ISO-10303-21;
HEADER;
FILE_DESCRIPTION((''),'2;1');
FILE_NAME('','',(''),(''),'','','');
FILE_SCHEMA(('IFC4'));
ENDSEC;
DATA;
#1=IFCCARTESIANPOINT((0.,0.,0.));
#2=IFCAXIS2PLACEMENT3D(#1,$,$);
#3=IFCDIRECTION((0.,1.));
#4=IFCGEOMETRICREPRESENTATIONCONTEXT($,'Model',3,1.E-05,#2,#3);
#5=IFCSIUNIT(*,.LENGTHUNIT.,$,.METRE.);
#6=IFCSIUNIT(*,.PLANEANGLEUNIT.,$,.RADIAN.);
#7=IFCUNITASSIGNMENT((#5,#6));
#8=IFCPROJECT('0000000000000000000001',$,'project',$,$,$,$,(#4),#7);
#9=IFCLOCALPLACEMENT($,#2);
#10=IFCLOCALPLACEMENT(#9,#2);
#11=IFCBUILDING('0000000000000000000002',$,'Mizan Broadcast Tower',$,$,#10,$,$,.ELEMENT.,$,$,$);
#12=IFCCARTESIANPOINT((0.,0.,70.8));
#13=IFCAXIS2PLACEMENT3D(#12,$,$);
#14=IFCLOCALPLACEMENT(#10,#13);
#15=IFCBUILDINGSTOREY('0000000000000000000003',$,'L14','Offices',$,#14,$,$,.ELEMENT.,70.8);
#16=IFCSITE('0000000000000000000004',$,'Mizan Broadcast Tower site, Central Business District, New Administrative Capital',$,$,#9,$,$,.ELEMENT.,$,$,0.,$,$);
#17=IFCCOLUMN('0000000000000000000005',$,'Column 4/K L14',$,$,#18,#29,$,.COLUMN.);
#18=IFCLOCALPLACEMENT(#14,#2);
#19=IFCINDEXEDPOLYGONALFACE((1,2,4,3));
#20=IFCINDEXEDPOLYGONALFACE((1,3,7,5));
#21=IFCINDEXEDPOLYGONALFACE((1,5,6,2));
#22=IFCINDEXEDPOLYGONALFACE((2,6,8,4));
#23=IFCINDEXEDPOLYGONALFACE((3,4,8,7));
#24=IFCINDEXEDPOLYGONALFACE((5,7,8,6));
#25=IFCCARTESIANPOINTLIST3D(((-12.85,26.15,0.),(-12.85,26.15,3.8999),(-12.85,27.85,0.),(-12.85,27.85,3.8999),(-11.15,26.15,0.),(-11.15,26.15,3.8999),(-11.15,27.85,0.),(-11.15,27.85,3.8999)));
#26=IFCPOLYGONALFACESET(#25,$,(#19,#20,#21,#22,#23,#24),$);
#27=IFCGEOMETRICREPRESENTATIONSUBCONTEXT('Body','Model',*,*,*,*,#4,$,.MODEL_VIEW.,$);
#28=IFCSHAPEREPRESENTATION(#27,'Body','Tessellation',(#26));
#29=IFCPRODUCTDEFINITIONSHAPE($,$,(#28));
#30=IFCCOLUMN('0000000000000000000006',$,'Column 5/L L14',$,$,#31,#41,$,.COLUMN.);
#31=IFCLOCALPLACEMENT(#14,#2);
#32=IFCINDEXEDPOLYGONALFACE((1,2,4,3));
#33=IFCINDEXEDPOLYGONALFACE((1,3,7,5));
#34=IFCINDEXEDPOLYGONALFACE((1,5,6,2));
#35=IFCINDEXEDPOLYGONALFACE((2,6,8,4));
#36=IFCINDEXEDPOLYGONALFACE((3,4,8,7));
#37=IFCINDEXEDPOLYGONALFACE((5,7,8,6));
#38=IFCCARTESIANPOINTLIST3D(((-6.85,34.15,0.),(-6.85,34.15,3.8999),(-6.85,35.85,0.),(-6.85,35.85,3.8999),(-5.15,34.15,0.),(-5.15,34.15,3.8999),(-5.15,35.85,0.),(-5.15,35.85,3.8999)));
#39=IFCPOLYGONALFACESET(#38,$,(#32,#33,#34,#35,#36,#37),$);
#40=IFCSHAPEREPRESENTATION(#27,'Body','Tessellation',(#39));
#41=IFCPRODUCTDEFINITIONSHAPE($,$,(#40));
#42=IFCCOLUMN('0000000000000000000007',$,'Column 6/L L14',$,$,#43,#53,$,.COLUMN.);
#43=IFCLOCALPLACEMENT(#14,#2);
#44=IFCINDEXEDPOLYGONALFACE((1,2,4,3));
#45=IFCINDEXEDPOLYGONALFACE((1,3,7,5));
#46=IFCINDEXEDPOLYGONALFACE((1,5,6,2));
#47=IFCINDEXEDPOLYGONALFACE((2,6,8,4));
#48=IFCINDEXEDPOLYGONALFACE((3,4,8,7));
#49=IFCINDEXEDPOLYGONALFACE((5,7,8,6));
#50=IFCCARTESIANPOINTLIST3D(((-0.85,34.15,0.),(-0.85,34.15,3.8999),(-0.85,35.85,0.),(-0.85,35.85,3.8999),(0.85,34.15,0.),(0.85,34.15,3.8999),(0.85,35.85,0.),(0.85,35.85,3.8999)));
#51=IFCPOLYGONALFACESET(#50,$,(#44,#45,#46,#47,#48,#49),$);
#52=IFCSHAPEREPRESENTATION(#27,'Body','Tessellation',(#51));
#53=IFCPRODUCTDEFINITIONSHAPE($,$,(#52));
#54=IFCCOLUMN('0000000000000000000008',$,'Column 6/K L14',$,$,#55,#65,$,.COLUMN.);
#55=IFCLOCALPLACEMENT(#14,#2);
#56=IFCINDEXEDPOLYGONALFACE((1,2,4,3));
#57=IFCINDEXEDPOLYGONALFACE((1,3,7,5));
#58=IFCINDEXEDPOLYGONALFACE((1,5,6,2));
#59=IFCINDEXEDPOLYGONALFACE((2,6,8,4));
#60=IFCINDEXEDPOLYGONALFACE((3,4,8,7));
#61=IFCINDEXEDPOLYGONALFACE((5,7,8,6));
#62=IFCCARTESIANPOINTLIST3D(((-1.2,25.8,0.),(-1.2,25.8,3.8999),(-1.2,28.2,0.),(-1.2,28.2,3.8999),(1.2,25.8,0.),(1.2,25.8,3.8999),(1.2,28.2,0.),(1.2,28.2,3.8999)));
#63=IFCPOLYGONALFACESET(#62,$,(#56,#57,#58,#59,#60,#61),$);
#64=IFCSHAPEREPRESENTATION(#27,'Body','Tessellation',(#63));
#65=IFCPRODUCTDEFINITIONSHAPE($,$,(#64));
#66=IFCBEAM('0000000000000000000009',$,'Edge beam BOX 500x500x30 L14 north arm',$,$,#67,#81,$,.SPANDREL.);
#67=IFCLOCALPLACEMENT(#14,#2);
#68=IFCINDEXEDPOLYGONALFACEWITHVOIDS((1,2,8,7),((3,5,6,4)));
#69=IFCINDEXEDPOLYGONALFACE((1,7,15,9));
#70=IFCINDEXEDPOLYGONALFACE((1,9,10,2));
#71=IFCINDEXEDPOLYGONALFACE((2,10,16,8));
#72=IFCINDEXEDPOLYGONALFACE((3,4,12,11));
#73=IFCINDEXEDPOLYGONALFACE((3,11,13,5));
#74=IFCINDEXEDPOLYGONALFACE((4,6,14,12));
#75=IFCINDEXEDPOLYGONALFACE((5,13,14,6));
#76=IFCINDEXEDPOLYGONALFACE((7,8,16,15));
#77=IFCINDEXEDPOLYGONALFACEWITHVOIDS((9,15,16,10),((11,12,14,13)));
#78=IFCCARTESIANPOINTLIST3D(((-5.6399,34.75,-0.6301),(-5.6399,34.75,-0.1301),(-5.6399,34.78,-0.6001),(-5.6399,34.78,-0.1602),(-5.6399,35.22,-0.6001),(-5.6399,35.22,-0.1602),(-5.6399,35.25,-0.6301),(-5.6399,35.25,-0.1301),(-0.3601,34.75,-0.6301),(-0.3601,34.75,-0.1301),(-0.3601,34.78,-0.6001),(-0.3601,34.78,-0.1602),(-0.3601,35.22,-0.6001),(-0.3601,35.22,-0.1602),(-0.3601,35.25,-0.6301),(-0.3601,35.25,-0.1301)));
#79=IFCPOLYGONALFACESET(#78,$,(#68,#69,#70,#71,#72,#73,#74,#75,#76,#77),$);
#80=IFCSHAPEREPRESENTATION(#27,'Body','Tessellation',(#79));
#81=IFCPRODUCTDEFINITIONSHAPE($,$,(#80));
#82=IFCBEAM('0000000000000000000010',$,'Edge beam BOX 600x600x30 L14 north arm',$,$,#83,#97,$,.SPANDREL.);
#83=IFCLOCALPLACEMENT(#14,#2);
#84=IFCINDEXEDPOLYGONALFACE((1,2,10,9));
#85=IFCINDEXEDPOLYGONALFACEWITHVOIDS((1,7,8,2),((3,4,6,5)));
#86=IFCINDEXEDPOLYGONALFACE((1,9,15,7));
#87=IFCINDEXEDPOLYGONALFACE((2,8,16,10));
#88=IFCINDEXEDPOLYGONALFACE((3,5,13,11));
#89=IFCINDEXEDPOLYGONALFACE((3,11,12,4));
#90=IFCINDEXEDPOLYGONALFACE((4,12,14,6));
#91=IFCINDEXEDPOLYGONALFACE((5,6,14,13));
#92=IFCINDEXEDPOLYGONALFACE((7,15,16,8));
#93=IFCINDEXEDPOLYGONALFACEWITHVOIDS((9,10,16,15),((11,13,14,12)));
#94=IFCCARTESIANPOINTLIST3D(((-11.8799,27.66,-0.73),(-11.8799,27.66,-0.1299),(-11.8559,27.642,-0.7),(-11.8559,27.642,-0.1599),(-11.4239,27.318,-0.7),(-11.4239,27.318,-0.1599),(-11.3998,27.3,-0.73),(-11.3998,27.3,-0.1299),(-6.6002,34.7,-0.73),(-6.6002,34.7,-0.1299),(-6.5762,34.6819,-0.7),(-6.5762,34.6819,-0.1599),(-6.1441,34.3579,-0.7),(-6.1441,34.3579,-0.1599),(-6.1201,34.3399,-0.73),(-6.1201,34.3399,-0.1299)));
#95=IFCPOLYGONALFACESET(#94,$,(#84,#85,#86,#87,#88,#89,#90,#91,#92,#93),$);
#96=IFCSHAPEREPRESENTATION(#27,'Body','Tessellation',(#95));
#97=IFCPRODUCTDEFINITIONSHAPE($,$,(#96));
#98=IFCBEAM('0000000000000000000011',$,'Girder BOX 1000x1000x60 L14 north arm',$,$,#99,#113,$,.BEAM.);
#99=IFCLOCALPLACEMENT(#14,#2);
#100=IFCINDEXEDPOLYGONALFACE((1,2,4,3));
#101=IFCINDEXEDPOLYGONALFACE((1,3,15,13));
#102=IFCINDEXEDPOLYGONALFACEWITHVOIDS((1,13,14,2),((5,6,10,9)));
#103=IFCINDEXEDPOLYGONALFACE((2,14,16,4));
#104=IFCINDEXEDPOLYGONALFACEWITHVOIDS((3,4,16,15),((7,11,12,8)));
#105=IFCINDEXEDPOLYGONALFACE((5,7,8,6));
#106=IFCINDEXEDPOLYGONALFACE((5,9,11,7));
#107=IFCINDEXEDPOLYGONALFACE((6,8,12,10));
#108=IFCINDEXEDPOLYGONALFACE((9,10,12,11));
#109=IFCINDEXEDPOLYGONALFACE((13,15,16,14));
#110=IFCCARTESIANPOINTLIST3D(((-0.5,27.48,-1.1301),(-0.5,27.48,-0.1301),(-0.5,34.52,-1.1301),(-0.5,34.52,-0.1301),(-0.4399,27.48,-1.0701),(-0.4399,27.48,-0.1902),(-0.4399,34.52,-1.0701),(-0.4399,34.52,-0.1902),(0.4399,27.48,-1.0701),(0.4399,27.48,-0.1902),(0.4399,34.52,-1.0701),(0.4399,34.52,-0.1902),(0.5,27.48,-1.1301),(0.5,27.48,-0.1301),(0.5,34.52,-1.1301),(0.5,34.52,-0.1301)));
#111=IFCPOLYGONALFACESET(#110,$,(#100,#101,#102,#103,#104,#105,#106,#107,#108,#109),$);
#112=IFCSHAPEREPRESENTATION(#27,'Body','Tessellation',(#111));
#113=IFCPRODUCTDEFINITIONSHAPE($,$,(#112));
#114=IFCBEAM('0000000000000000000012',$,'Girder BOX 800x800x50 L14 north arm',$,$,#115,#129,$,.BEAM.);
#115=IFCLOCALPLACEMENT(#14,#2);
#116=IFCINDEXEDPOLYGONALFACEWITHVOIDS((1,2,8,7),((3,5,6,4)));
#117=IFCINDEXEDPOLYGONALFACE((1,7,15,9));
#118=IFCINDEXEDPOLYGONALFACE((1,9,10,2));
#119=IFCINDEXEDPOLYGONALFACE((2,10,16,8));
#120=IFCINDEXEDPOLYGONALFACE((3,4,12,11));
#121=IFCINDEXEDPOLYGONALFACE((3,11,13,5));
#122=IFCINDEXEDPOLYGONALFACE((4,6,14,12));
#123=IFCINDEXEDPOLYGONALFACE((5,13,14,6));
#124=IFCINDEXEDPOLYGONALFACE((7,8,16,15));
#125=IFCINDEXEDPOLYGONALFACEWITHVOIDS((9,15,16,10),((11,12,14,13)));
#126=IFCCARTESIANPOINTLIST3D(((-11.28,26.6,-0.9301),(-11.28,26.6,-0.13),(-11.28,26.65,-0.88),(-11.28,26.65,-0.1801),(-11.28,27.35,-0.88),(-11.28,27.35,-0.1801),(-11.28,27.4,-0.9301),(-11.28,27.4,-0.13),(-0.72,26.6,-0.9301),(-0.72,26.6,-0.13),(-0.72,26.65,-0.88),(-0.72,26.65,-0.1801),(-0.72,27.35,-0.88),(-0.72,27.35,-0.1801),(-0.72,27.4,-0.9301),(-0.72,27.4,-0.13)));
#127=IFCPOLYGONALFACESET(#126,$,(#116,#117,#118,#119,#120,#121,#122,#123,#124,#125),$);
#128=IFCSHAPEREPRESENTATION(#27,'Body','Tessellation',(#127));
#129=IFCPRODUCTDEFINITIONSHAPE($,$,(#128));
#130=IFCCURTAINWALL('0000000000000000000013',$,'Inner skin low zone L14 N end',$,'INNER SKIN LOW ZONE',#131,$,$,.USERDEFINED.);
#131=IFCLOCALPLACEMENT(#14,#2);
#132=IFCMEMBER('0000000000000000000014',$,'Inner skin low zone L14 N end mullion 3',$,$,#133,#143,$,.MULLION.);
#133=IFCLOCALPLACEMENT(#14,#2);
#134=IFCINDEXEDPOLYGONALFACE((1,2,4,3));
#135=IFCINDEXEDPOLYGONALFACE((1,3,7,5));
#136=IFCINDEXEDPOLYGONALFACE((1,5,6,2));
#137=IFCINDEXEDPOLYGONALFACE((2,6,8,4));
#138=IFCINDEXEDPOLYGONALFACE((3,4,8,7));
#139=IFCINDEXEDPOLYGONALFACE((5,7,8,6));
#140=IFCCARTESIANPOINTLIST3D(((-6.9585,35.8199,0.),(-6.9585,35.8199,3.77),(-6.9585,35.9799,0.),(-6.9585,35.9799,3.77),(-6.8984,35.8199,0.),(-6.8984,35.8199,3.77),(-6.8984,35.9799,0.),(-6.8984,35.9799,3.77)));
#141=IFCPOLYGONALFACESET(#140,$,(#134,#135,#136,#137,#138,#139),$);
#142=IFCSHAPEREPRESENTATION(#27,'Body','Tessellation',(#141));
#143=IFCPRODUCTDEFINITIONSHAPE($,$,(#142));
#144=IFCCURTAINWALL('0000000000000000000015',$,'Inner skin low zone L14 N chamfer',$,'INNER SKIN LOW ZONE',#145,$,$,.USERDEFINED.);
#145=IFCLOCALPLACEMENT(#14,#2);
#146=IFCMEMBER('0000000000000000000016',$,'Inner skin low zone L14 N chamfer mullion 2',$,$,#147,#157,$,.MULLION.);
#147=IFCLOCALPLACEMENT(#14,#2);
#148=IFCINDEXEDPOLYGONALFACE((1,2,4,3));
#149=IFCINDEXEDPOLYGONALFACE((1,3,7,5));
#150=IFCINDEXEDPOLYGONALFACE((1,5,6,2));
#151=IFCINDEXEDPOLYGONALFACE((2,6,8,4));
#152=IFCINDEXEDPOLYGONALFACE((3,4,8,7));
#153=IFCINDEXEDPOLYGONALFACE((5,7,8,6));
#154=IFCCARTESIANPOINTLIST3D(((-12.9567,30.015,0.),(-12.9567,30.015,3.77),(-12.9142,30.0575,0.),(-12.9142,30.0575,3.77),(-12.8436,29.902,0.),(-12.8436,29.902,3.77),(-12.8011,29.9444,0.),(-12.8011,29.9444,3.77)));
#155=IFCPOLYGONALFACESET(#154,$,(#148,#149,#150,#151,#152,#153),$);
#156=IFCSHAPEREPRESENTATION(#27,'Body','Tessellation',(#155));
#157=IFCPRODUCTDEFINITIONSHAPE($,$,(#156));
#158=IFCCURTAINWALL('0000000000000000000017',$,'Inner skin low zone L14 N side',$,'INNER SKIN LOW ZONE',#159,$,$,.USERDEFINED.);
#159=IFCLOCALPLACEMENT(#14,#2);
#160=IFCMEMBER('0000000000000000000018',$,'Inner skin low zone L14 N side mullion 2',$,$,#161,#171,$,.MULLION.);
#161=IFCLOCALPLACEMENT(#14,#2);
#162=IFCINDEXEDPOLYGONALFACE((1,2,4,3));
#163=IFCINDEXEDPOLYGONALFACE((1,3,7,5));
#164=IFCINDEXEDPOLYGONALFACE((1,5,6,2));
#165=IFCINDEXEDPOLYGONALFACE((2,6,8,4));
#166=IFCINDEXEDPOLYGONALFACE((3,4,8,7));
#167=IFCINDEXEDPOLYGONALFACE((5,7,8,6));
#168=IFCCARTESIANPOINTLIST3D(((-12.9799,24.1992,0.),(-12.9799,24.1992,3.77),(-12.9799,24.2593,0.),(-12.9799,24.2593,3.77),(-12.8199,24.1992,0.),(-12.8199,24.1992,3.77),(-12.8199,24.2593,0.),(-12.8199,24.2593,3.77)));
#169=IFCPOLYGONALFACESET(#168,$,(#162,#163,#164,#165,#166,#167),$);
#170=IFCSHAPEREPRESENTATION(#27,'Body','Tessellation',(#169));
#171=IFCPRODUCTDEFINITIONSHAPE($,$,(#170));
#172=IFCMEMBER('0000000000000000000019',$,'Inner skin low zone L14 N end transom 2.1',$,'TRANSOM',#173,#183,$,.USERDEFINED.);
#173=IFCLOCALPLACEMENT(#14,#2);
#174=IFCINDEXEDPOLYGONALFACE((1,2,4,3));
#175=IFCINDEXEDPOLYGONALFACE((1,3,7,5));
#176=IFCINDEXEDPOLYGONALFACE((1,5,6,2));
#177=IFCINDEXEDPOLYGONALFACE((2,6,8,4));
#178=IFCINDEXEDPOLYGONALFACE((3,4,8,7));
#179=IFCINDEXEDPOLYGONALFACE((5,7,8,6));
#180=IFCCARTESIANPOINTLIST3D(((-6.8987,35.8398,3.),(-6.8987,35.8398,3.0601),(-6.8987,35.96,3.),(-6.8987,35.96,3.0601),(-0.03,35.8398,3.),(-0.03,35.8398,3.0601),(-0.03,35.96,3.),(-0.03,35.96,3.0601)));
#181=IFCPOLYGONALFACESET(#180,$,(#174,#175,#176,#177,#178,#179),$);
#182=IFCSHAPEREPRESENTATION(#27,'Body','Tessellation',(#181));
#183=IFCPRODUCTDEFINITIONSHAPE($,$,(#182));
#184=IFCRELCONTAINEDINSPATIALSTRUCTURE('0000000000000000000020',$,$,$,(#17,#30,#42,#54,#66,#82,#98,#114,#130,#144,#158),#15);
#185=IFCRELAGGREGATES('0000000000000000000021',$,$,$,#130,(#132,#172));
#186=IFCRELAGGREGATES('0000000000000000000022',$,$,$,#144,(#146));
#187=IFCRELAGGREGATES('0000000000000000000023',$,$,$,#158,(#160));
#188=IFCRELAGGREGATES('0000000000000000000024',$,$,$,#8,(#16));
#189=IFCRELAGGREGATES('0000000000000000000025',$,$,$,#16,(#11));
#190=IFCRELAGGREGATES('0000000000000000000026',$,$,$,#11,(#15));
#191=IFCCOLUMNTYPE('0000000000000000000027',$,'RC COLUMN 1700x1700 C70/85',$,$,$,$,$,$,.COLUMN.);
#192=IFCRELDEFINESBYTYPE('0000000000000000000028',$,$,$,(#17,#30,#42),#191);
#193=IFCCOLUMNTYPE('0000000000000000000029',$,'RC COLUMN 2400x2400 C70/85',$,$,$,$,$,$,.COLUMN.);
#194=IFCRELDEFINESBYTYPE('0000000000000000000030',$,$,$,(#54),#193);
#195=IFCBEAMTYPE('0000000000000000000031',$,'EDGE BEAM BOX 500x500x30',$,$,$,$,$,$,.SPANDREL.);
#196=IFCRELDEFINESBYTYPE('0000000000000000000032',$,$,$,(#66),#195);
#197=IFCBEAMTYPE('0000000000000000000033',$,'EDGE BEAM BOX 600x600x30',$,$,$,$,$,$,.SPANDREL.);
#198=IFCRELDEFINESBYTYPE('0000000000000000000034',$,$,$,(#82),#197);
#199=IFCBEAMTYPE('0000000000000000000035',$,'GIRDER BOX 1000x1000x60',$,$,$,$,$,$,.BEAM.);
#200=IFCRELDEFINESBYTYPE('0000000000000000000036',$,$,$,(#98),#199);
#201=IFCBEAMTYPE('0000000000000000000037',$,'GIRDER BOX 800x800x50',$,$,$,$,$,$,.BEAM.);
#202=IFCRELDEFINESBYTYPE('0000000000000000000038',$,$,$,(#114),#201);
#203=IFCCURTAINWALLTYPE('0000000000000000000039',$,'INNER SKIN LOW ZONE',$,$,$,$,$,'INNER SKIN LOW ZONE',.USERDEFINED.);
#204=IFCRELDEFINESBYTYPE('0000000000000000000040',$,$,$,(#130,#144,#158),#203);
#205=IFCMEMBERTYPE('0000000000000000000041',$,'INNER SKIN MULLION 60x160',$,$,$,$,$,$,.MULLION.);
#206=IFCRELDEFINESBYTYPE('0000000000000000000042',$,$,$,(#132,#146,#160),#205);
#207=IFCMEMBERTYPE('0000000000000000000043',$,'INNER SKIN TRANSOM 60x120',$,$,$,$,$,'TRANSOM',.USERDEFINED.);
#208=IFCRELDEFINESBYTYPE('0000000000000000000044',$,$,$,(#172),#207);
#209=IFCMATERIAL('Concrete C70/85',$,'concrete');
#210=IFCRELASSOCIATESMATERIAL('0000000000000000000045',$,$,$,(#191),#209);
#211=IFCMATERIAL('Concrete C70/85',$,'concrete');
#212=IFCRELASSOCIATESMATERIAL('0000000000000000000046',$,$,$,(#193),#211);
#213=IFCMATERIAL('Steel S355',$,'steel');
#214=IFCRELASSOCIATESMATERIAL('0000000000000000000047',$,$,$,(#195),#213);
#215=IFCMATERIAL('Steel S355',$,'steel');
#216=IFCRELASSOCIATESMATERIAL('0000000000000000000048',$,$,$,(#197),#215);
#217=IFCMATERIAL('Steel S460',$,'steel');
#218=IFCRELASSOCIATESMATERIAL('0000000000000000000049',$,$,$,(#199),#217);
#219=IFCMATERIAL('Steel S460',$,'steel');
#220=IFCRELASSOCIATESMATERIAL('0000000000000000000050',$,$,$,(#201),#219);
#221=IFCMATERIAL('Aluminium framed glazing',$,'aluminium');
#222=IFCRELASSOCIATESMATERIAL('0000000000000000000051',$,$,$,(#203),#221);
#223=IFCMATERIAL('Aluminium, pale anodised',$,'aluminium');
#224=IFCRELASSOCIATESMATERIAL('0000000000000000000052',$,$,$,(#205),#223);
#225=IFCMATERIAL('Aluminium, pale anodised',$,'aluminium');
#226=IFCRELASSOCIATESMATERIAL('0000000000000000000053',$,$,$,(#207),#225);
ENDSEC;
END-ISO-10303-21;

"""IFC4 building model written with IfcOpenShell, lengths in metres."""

from ifc_helpers import new_model, si_unit, direction, frame, origin, origin_2d, place, context, subcontext, project, spatial, rectangle, hollow_rectangle, extrude, material, material_profile, profile_set, type_object, element, aggregate, save


model = new_model("IFC4")

# Units and contexts
model_context = context("Model", 3, precision=1e-05, world=origin(), true_north=direction((0.0, 1.0)))
body_context = subcontext(model_context, "Body", "Model", "MODEL_VIEW")
ifc_project = project(units=[si_unit("LENGTHUNIT", "METRE"), si_unit("PLANEANGLEUNIT", "RADIAN")], contexts=[model_context])

# Site, building, storey
site_placement = place(None, origin())
site = spatial("IfcSite", under=ifc_project, at=site_placement, Name="Mizan Broadcast Tower site, Central Business District, New Administrative Capital", CompositionType="ELEMENT", RefElevation=0.0)
building_placement = place(site_placement, origin())
building = spatial("IfcBuilding", under=site, at=building_placement, Name="Mizan Broadcast Tower", CompositionType="ELEMENT")
storey_placement = place(building_placement, frame((0.0, 0.0, 70.8)))
storey = spatial("IfcBuildingStorey", under=building, at=storey_placement, Name="L14", Description="Offices", CompositionType="ELEMENT", Elevation=70.8)

# Columns
ifc_material_1 = material(Name="Concrete C70/85", Category="concrete")
ifc_material_profile_1 = material_profile(ifc_material_1, rectangle(XDim=1.7, YDim=1.7, at=origin_2d()), Name="RC 1700x1700")
ifc_profile_set_1 = profile_set([ifc_material_profile_1], Name="Concrete C70/85")
column_type_1 = type_object("IfcColumnType", Name="RC COLUMN 1700x1700 C70/85", PredefinedType="COLUMN", material=ifc_profile_set_1)
for number, where, z_axis, x_axis, name in (
    (1, (-12.0, 27.0, 0.0), (0.0, 0.0, 1.0), (1.0, 0.0, 0.0), "Column 4/K L14"),
    (2, (-6.0, 35.0, 0.0), (0.0, 0.0, 1.0), (1.0, 0.0, 0.0), "Column 5/L L14"),
    (3, (0.0, 35.0, 0.0), (0.0, 0.0, 1.0), (1.0, 0.0, 0.0), "Column 6/L L14"),
):
    element("IfcColumn", number, at=place(storey_placement, frame(where, z_axis=z_axis, x_axis=x_axis)), inside=storey, type_object=column_type_1, Name=name, PredefinedType="COLUMN", context=body_context, shape_type="SweptSolid", body=[
        extrude(rectangle(XDim=1.7, YDim=1.7, at=origin_2d()), origin(), (0.0, 0.0, 1.0), 3.8999),
    ])
ifc_material_2 = material(Name="Concrete C70/85", Category="concrete")
ifc_material_profile_2 = material_profile(ifc_material_2, rectangle(XDim=2.3999, YDim=2.3999, at=origin_2d()), Name="RC 2400x2400")
ifc_profile_set_2 = profile_set([ifc_material_profile_2], Name="Concrete C70/85")
column_type_2 = type_object("IfcColumnType", Name="RC COLUMN 2400x2400 C70/85", PredefinedType="COLUMN", material=ifc_profile_set_2)
column_placement = place(storey_placement, frame((0.0, 27.0, 0.0), z_axis=(0.0, 0.0, 1.0), x_axis=(1.0, 0.0, 0.0)))
element("IfcColumn", 4, at=column_placement, inside=storey, type_object=column_type_2, Name="Column 6/K L14", PredefinedType="COLUMN", context=body_context, shape_type="SweptSolid", body=[
    extrude(rectangle(XDim=2.3999, YDim=2.3999, at=origin_2d()), origin(), (0.0, 0.0, 1.0), 3.8999),
])

# Beams
ifc_material_3 = material(Name="Steel S355", Category="steel")
ifc_material_profile_3 = material_profile(ifc_material_3, hollow_rectangle(XDim=0.5, YDim=0.5, WallThickness=0.03, at=origin_2d()), Name="BOX 500x500x30")
ifc_profile_set_3 = profile_set([ifc_material_profile_3], Name="Steel S355")
beam_type_1 = type_object("IfcBeamType", Name="EDGE BEAM BOX 500x500x30", PredefinedType="SPANDREL", material=ifc_profile_set_3)
beam_1_placement = place(storey_placement, frame((-5.6399, 35.0, -0.3801), z_axis=(1.0, 0.0, 0.0), x_axis=(0.0, 1.0, 0.0)))
element("IfcBeam", 5, at=beam_1_placement, inside=storey, type_object=beam_type_1, Name="Edge beam BOX 500x500x30 L14 north arm", PredefinedType="SPANDREL", context=body_context, shape_type="SweptSolid", body=[
    extrude(hollow_rectangle(XDim=0.5, YDim=0.5, WallThickness=0.03, at=origin_2d()), origin(), (0.0, 0.0, 1.0), 5.2798),
])
ifc_material_4 = material(Name="Steel S355", Category="steel")
ifc_material_profile_4 = material_profile(ifc_material_4, hollow_rectangle(XDim=0.6001, YDim=0.6001, WallThickness=0.03, at=origin_2d()), Name="BOX 600x600x30")
ifc_profile_set_4 = profile_set([ifc_material_profile_4], Name="Steel S355")
beam_type_2 = type_object("IfcBeamType", Name="EDGE BEAM BOX 600x600x30", PredefinedType="SPANDREL", material=ifc_profile_set_4)
beam_2_placement = place(storey_placement, frame((-11.6399, 27.48, -0.4299), z_axis=(0.599982, 0.800013, 0.0), x_axis=(-0.800013, 0.599982, 0.0)))
element("IfcBeam", 6, at=beam_2_placement, inside=storey, type_object=beam_type_2, Name="Edge beam BOX 600x600x30 L14 north arm", PredefinedType="SPANDREL", context=body_context, shape_type="SweptSolid", body=[
    extrude(hollow_rectangle(XDim=0.6001, YDim=0.6001, WallThickness=0.03, at=origin_2d()), origin(), (0.0, 0.0, 1.0), 8.7998),
])
ifc_material_5 = material(Name="Steel S460", Category="steel")
ifc_material_profile_5 = material_profile(ifc_material_5, hollow_rectangle(XDim=1.0, YDim=1.0, WallThickness=0.0601, at=origin_2d()), Name="BOX 1000x1000x60")
ifc_profile_set_5 = profile_set([ifc_material_profile_5], Name="Steel S460")
beam_type_3 = type_object("IfcBeamType", Name="GIRDER BOX 1000x1000x60", PredefinedType="BEAM", material=ifc_profile_set_5)
beam_3_placement = place(storey_placement, frame((0.0, 27.48, -0.6301), z_axis=(0.0, 1.0, 0.0), x_axis=(-1.0, 0.0, 0.0)))
element("IfcBeam", 7, at=beam_3_placement, inside=storey, type_object=beam_type_3, Name="Girder BOX 1000x1000x60 L14 north arm", PredefinedType="BEAM", context=body_context, shape_type="SweptSolid", body=[
    extrude(hollow_rectangle(XDim=1.0, YDim=1.0, WallThickness=0.0601, at=origin_2d()), origin(), (0.0, 0.0, 1.0), 7.04),
])
ifc_material_6 = material(Name="Steel S460", Category="steel")
ifc_material_profile_6 = material_profile(ifc_material_6, hollow_rectangle(XDim=0.8, YDim=0.8, WallThickness=0.05, at=origin_2d()), Name="BOX 800x800x50")
ifc_profile_set_6 = profile_set([ifc_material_profile_6], Name="Steel S460")
beam_type_4 = type_object("IfcBeamType", Name="GIRDER BOX 800x800x50", PredefinedType="BEAM", material=ifc_profile_set_6)
beam_4_placement = place(storey_placement, frame((-11.28, 27.0, -0.53), z_axis=(1.0, 0.0, 0.0), x_axis=(0.0, 1.0, 0.0)))
element("IfcBeam", 8, at=beam_4_placement, inside=storey, type_object=beam_type_4, Name="Girder BOX 800x800x50 L14 north arm", PredefinedType="BEAM", context=body_context, shape_type="SweptSolid", body=[
    extrude(hollow_rectangle(XDim=0.8, YDim=0.8, WallThickness=0.05, at=origin_2d()), origin(), (0.0, 0.0, 1.0), 10.5601),
])

# Curtain walls, members
ifc_material_7 = material(Name="Aluminium framed glazing", Category="aluminium")
curtain_wall_type_1 = type_object("IfcCurtainWallType", Name="INNER SKIN LOW ZONE", ElementType="INNER SKIN LOW ZONE", PredefinedType="USERDEFINED", material=ifc_material_7)
curtain_wall_1_placement = place(storey_placement, origin())
curtain_wall_1 = element("IfcCurtainWall", 9, at=curtain_wall_1_placement, inside=storey, type_object=curtain_wall_type_1, Name="Inner skin low zone L14 N end", ObjectType="INNER SKIN LOW ZONE", PredefinedType="USERDEFINED")
ifc_material_8 = material(Name="Aluminium, pale anodised", Category="aluminium")
ifc_material_profile_7 = material_profile(ifc_material_8, rectangle(XDim=0.1599, YDim=0.0601, at=origin_2d()), Name="MULLION 160x60")
ifc_profile_set_7 = profile_set([ifc_material_profile_7], Name="Aluminium, pale anodised")
member_type_1 = type_object("IfcMemberType", Name="INNER SKIN MULLION 60x160", PredefinedType="MULLION", material=ifc_profile_set_7)
member_1_placement = place(storey_placement, frame((-6.9285, 35.8999, 0.0), z_axis=(0.0, 0.0, 1.0), x_axis=(0.0, -1.0, 0.0)))
member_1 = element("IfcMember", 10, at=member_1_placement, type_object=member_type_1, Name="Inner skin low zone L14 N end mullion 3", PredefinedType="MULLION", context=body_context, shape_type="SweptSolid", body=[
    extrude(rectangle(XDim=0.1599, YDim=0.0601, at=origin_2d()), origin(), (0.0, 0.0, 1.0), 3.77),
])
curtain_wall_2_placement = place(storey_placement, origin())
curtain_wall_2 = element("IfcCurtainWall", 11, at=curtain_wall_2_placement, inside=storey, type_object=curtain_wall_type_1, Name="Inner skin low zone L14 N chamfer", ObjectType="INNER SKIN LOW ZONE", PredefinedType="USERDEFINED")
member_2_placement = place(storey_placement, frame((-12.8789, 29.9797, 0.0), z_axis=(0.0, 0.0, 1.0), x_axis=(0.707107, -0.707107, 0.0)))
member_2 = element("IfcMember", 12, at=member_2_placement, type_object=member_type_1, Name="Inner skin low zone L14 N chamfer mullion 2", PredefinedType="MULLION", context=body_context, shape_type="SweptSolid", body=[
    extrude(rectangle(XDim=0.1599, YDim=0.0601, at=origin_2d()), origin(), (0.0, 0.0, 1.0), 3.77),
])
curtain_wall_3_placement = place(storey_placement, origin())
curtain_wall_3 = element("IfcCurtainWall", 13, at=curtain_wall_3_placement, inside=storey, type_object=curtain_wall_type_1, Name="Inner skin low zone L14 N side", ObjectType="INNER SKIN LOW ZONE", PredefinedType="USERDEFINED")
member_3_placement = place(storey_placement, frame((-12.8999, 24.2292, 0.0), z_axis=(0.0, 0.0, 1.0), x_axis=(1.0, 0.0, 0.0)))
member_3 = element("IfcMember", 14, at=member_3_placement, type_object=member_type_1, Name="Inner skin low zone L14 N side mullion 2", PredefinedType="MULLION", context=body_context, shape_type="SweptSolid", body=[
    extrude(rectangle(XDim=0.1599, YDim=0.0601, at=origin_2d()), origin(), (0.0, 0.0, 1.0), 3.77),
])

# Member
ifc_material_9 = material(Name="Aluminium, pale anodised", Category="aluminium")
ifc_material_profile_8 = material_profile(ifc_material_9, rectangle(XDim=0.1201, YDim=0.0601, at=origin_2d()), Name="TRANSOM 120x60")
ifc_profile_set_8 = profile_set([ifc_material_profile_8], Name="Aluminium, pale anodised")
member_type_2 = type_object("IfcMemberType", Name="INNER SKIN TRANSOM 60x120", ElementType="TRANSOM", PredefinedType="USERDEFINED", material=ifc_profile_set_8)
member_4_placement = place(storey_placement, frame((-0.03, 35.8999, 3.03), z_axis=(-1.0, 0.0, 0.0), x_axis=(0.0, -1.0, 0.0)))
member_4 = element("IfcMember", 15, at=member_4_placement, type_object=member_type_2, Name="Inner skin low zone L14 N end transom 2.1", ObjectType="TRANSOM", PredefinedType="USERDEFINED", context=body_context, shape_type="SweptSolid", body=[
    extrude(rectangle(XDim=0.1201, YDim=0.0601, at=origin_2d()), origin(), (0.0, 0.0, 1.0), 6.8687),
])

aggregate(curtain_wall_1, [member_1, member_4])
aggregate(curtain_wall_2, [member_2])
aggregate(curtain_wall_3, [member_3])

save(model, "model.ifc")
